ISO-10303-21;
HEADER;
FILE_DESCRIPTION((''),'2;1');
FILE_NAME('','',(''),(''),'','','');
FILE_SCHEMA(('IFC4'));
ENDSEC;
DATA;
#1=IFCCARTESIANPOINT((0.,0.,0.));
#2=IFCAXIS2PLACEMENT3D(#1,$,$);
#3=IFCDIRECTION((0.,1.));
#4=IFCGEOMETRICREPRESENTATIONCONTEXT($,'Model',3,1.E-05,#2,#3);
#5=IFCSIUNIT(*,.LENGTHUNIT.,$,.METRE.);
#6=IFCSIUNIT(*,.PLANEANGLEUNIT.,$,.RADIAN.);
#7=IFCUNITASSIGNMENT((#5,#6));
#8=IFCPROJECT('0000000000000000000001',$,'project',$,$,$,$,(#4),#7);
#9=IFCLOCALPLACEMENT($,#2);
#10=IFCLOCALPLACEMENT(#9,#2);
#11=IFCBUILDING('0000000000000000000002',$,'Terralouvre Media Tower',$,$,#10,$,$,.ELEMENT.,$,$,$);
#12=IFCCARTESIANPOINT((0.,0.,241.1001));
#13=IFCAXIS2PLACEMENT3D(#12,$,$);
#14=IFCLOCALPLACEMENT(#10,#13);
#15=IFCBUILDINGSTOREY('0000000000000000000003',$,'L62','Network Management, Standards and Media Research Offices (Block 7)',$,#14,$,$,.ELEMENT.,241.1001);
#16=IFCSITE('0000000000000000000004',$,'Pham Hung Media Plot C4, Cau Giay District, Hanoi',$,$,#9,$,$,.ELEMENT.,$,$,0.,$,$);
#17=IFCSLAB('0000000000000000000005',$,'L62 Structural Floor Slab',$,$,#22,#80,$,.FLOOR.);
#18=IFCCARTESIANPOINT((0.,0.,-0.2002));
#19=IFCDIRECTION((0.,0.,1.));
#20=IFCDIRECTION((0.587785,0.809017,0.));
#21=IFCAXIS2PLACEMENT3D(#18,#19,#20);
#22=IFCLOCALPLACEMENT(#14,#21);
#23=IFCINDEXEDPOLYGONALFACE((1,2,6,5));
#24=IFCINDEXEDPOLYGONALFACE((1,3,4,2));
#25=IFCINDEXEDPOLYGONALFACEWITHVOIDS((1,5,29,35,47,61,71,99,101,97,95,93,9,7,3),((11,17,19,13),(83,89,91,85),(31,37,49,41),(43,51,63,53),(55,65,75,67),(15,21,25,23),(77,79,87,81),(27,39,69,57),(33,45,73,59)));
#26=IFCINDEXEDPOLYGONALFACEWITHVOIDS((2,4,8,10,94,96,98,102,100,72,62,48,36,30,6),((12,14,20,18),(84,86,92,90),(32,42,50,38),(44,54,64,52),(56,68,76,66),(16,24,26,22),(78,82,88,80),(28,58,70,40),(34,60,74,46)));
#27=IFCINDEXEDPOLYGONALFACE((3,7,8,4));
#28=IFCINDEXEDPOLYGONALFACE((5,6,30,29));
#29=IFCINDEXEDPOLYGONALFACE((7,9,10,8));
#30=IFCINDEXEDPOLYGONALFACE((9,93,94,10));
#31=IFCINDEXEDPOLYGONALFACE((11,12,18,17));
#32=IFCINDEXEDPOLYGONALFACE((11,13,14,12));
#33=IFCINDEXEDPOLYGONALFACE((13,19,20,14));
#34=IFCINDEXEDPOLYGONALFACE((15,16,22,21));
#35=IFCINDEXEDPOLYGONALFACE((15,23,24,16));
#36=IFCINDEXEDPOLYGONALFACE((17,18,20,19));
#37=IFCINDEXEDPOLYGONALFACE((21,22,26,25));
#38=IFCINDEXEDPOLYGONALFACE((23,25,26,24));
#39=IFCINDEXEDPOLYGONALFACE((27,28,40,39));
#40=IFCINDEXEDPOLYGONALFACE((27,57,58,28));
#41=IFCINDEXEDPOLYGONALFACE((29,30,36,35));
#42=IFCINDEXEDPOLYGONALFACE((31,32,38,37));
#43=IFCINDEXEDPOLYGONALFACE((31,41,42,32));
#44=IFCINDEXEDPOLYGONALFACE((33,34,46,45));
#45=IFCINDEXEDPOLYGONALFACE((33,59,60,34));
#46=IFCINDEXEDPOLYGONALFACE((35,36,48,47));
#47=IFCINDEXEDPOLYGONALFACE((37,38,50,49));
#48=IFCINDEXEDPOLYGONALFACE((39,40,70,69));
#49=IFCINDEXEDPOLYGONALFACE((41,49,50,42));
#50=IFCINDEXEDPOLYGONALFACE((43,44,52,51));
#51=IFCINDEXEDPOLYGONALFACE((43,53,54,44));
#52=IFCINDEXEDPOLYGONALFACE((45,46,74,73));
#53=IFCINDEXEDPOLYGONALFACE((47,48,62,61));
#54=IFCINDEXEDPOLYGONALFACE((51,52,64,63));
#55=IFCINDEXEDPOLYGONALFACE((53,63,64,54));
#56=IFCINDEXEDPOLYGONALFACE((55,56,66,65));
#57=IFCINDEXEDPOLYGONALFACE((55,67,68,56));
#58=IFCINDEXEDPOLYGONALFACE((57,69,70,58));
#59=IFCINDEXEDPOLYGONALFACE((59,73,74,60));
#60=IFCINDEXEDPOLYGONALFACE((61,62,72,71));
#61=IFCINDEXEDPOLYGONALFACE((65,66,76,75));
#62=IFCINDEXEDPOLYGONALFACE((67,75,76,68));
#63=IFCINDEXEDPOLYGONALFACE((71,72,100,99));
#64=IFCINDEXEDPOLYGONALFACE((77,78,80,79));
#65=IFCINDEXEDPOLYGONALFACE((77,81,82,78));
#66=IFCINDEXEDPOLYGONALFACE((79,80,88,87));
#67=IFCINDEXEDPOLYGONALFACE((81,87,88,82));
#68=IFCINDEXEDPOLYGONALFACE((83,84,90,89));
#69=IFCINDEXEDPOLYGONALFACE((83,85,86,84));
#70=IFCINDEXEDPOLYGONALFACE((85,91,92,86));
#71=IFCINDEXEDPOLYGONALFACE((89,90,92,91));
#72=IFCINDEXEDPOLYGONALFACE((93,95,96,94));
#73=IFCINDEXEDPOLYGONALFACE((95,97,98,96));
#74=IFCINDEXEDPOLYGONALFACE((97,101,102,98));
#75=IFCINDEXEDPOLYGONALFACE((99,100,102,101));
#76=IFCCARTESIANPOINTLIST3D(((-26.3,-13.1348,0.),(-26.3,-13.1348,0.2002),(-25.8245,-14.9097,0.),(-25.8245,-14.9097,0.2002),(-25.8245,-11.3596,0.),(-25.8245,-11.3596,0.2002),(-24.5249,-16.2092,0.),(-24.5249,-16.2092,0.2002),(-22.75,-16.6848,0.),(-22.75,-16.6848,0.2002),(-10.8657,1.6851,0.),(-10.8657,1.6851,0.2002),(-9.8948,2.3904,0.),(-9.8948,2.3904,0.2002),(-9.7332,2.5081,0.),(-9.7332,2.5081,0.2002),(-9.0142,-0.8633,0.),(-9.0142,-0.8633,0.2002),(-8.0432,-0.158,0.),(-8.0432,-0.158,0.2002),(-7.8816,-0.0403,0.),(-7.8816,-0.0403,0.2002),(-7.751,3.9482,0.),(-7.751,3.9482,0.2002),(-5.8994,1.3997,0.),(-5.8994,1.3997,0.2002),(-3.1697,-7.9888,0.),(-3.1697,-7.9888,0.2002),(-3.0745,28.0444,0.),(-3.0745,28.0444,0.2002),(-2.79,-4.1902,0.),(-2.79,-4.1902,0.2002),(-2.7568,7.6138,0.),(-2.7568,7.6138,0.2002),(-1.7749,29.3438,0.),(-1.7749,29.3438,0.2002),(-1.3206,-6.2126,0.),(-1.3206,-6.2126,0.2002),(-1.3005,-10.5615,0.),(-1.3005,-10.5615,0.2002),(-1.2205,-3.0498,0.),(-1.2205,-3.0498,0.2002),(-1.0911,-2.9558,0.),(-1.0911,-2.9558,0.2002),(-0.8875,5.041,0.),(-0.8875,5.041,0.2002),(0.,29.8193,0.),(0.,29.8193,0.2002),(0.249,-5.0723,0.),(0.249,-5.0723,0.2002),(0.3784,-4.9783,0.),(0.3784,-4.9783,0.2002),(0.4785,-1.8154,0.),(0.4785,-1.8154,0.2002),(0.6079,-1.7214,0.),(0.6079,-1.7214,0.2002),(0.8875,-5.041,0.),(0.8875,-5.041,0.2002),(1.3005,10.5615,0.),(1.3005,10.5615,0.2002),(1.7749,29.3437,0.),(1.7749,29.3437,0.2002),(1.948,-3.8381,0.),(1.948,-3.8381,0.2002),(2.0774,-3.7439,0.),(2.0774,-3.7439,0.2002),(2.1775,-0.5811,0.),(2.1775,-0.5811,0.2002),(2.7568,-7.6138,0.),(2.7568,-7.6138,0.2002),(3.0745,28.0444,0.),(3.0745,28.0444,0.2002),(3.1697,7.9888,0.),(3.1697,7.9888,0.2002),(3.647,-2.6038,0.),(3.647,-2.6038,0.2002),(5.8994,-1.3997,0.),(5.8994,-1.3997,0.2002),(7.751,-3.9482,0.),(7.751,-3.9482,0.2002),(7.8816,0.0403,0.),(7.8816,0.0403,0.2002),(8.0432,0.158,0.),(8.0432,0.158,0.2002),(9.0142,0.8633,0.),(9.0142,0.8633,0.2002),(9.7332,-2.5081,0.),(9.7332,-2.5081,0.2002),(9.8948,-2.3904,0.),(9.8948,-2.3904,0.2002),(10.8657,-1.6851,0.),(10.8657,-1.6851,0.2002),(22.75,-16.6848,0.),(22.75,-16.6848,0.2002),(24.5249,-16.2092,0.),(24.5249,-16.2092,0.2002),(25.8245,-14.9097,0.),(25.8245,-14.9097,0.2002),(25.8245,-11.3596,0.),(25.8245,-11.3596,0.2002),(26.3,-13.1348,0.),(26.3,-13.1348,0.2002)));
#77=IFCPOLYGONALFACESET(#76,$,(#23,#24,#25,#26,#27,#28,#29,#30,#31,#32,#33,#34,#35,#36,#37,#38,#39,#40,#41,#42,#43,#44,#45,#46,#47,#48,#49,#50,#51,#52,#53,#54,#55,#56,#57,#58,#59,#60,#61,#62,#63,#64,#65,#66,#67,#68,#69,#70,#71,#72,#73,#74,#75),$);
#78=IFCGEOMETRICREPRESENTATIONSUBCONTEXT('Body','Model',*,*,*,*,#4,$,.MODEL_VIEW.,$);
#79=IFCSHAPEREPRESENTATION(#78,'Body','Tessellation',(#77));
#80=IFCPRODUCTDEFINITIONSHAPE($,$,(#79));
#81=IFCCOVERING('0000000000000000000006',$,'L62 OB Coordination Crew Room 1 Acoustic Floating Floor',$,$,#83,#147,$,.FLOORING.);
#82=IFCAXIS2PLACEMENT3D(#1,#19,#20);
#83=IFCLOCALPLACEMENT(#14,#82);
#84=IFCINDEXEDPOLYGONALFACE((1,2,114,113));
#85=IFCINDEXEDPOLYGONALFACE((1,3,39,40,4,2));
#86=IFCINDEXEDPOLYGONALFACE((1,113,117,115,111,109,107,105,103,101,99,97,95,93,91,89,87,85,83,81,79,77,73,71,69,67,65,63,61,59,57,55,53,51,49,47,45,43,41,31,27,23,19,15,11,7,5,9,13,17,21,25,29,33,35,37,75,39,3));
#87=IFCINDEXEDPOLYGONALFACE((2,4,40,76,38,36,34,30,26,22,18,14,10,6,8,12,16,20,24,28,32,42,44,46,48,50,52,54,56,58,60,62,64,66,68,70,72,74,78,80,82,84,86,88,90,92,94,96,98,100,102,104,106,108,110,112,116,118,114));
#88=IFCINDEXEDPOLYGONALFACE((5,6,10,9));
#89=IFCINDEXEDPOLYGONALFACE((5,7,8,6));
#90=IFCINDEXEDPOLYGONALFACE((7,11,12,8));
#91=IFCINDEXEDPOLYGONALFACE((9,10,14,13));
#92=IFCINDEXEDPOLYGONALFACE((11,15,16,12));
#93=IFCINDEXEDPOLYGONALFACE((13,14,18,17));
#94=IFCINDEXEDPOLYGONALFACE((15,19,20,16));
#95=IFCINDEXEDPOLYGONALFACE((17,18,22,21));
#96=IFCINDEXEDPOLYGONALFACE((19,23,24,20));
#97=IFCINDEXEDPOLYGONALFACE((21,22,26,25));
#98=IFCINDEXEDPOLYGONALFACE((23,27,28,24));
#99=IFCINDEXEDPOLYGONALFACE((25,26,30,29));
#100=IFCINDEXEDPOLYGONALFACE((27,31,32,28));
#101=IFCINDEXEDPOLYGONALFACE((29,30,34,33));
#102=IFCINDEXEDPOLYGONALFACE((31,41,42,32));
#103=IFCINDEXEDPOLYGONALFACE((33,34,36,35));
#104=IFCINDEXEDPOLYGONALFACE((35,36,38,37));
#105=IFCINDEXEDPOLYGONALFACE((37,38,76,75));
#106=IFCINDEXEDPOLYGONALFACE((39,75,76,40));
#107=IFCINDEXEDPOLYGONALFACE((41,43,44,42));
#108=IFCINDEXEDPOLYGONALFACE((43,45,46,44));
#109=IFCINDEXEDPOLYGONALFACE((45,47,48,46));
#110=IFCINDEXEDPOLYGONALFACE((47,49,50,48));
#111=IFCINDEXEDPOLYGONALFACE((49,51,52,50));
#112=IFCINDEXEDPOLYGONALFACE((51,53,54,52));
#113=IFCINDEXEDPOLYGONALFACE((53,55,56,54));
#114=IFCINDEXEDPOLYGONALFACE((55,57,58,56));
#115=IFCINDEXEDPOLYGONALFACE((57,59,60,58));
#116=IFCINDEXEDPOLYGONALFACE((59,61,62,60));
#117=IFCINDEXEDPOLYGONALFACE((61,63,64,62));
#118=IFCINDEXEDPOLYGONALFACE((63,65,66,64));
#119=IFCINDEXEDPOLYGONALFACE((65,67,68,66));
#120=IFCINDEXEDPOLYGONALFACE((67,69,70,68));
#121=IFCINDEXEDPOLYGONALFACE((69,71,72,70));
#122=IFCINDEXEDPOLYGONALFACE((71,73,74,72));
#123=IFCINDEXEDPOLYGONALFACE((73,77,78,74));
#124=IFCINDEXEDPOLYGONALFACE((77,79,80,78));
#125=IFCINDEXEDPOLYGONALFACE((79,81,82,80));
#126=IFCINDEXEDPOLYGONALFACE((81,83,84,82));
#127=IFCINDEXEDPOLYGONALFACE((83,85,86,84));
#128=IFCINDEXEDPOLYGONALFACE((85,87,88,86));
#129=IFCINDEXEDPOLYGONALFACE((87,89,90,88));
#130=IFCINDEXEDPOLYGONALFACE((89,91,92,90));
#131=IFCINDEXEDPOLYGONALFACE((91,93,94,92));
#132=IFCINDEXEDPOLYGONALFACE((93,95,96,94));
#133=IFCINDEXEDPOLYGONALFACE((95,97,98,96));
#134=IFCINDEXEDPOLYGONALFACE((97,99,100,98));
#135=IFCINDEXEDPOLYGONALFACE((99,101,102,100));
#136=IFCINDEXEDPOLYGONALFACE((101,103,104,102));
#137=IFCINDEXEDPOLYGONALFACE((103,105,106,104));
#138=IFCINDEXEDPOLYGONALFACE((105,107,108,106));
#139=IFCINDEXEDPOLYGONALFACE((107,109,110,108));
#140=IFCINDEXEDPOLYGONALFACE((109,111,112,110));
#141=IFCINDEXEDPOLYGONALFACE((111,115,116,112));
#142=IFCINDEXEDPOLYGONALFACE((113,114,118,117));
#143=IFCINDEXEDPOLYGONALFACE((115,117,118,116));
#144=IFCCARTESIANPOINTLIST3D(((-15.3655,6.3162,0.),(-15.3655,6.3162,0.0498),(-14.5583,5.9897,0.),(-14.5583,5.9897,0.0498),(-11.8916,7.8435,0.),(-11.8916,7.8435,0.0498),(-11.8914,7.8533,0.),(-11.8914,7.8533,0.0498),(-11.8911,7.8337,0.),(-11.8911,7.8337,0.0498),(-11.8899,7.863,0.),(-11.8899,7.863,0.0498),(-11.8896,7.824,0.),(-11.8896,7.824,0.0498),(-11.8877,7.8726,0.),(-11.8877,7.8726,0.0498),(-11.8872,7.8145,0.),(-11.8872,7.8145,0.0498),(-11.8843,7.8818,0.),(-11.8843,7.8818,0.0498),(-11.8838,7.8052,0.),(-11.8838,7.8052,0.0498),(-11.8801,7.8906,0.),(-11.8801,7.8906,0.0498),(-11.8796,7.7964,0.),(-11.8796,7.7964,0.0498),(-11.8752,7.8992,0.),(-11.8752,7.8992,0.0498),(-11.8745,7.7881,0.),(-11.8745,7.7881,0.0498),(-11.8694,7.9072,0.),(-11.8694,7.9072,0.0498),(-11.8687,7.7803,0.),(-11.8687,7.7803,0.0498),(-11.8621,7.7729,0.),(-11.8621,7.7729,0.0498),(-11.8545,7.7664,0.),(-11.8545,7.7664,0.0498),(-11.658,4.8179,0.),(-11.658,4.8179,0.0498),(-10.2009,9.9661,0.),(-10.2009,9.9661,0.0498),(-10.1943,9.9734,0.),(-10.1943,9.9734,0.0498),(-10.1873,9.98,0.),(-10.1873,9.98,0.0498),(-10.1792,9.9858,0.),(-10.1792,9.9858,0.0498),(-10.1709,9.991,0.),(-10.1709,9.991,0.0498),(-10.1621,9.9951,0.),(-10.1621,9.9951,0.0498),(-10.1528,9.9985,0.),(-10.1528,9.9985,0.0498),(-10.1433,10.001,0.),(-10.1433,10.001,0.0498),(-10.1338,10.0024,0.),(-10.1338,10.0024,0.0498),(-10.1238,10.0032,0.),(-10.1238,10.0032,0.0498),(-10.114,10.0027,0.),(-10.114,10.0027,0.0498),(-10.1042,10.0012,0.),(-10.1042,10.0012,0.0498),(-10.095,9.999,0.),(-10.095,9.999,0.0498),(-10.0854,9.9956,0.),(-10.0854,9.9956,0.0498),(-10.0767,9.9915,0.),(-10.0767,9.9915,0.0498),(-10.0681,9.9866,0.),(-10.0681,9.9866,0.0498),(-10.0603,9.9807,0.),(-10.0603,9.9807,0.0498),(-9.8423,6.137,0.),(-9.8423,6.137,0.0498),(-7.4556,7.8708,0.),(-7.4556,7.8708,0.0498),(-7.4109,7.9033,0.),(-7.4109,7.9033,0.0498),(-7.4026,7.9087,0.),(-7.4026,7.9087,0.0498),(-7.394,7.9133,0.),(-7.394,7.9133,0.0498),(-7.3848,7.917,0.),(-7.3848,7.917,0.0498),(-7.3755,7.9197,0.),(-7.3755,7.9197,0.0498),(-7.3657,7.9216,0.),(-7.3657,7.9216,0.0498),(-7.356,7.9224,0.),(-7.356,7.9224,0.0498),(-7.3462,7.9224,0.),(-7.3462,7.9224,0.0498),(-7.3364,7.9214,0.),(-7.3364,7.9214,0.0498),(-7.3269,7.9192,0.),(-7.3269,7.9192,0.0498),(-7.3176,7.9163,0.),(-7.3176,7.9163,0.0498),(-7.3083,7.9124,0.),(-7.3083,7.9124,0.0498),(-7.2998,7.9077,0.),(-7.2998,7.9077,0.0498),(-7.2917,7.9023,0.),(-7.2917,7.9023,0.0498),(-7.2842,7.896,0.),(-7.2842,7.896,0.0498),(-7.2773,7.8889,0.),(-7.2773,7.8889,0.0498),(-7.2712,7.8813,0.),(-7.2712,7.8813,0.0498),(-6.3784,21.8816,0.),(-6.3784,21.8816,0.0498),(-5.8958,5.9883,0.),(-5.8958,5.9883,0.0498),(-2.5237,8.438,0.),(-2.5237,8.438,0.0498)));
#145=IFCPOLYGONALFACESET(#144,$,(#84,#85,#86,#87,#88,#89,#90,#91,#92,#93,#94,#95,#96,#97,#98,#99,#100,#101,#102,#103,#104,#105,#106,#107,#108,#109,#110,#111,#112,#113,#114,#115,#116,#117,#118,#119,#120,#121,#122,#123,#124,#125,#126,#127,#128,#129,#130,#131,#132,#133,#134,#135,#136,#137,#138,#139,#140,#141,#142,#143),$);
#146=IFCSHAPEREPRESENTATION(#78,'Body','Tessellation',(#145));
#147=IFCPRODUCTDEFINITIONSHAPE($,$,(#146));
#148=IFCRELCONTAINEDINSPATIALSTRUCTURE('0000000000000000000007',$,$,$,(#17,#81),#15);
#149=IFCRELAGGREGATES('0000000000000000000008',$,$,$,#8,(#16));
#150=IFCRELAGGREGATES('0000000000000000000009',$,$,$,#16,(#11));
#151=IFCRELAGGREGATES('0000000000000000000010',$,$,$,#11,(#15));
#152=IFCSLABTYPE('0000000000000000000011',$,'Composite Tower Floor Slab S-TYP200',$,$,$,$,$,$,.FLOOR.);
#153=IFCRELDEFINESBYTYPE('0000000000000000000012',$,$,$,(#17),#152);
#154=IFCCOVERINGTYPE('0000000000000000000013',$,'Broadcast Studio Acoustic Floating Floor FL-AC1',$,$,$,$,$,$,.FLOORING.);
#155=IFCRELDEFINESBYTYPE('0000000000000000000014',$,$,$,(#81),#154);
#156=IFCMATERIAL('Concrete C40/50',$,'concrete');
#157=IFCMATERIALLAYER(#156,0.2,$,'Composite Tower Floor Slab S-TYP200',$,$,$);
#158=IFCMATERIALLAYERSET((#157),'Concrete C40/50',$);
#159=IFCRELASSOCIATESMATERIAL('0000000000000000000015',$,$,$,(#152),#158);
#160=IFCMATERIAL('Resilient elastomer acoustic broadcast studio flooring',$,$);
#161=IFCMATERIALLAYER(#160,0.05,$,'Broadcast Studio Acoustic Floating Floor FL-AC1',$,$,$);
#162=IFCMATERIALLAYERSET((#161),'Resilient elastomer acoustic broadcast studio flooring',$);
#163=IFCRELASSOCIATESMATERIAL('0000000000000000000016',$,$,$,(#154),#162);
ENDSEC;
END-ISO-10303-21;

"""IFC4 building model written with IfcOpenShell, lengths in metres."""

from ifc_helpers import new_model, si_unit, direction, frame, origin, place, context, subcontext, project, spatial, polyline, outline, extrude, material, layer, layer_set, type_object, element, save


model = new_model("IFC4")

# Units and contexts
model_context = context("Model", 3, precision=1e-05, world=origin(), true_north=direction((0.0, 1.0)))
body_context = subcontext(model_context, "Body", "Model", "MODEL_VIEW")
ifc_project = project(units=[si_unit("LENGTHUNIT", "METRE"), si_unit("PLANEANGLEUNIT", "RADIAN")], contexts=[model_context])

# Site, building, storey
site_placement = place(None, origin())
site = spatial("IfcSite", under=ifc_project, at=site_placement, Name="Pham Hung Media Plot C4, Cau Giay District, Hanoi", CompositionType="ELEMENT", RefElevation=0.0)
building_placement = place(site_placement, origin())
building = spatial("IfcBuilding", under=site, at=building_placement, Name="Terralouvre Media Tower", CompositionType="ELEMENT")
storey_placement = place(building_placement, frame((0.0, 0.0, 241.1001)))
storey = spatial("IfcBuildingStorey", under=building, at=storey_placement, Name="L62", Description="Network Management, Standards and Media Research Offices (Block 7)", CompositionType="ELEMENT", Elevation=241.1001)

# Slab
ifc_material_1 = material(Name="Concrete C40/50", Category="concrete")
ifc_layer_1 = layer(ifc_material_1, 0.2, Name="Composite Tower Floor Slab S-TYP200")
ifc_layer_set_1 = layer_set([ifc_layer_1], Name="Concrete C40/50")
slab_type = type_object("IfcSlabType", Name="Composite Tower Floor Slab S-TYP200", PredefinedType="FLOOR", material=ifc_layer_set_1)
slab_placement = place(storey_placement, frame((0.0, 0.0, -0.2002), z_axis=(0.0, 0.0, 1.0), x_axis=(0.587785, 0.809017, 0.0)))
element("IfcSlab", 1, at=slab_placement, inside=storey, type_object=slab_type, Name="L62 Structural Floor Slab", PredefinedType="FLOOR", context=body_context, shape_type="SweptSolid", body=[
    extrude(outline(polyline([(-25.8245, -11.3596), (-26.3, -13.1348), (-25.8245, -14.9097), (-24.5249, -16.2092), (-22.75, -16.6848), (22.75, -16.6848), (24.5249, -16.2092), (25.8245, -14.9097), (26.3, -13.1348), (25.8245, -11.3596), (3.0745, 28.0444), (1.7749, 29.3438), (0.0, 29.8193), (-1.7749, 29.3438), (-3.0745, 28.0444), (-25.8245, -11.3596)]), holes=[polyline([(-8.0432, -0.158), (-9.0142, -0.8633), (-10.8657, 1.6851), (-9.8948, 2.3904), (-8.0432, -0.158)]), polyline([(-5.8994, 1.3997), (-7.8816, -0.0403), (-9.7332, 2.5081), (-7.751, 3.9482), (-5.8994, 1.3997)]), polyline([(-3.1697, -7.9888), (0.8875, -5.041), (2.7568, -7.6138), (-1.3005, -10.5615), (-3.1697, -7.9888)]), polyline([(0.249, -5.0723), (-1.3206, -6.2126), (-2.79, -4.1902), (-1.2205, -3.0498), (0.249, -5.0723)]), polyline([(1.948, -3.8381), (0.3784, -4.9783), (-1.0911, -2.9558), (0.4785, -1.8154), (1.948, -3.8381)]), polyline([(3.647, -2.6038), (2.0774, -3.7439), (0.6079, -1.7214), (2.1775, -0.5811), (3.647, -2.6038)]), polyline([(3.1697, 7.9888), (-0.8875, 5.041), (-2.7568, 7.6138), (1.3005, 10.5615), (3.1697, 7.9888)]), polyline([(7.751, -3.9482), (5.8994, -1.3997), (7.8816, 0.0403), (9.7332, -2.5081), (7.751, -3.9482)]), polyline([(9.8948, -2.3904), (8.0432, 0.158), (9.0142, 0.8633), (10.8657, -1.6851), (9.8948, -2.3904)])]), origin(), (0.0, 0.0, 1.0), 0.2002),
])

# Covering
ifc_material_2 = material(Name="Resilient elastomer acoustic broadcast studio flooring")
ifc_layer_2 = layer(ifc_material_2, 0.05, Name="Broadcast Studio Acoustic Floating Floor FL-AC1")
ifc_layer_set_2 = layer_set([ifc_layer_2], Name="Resilient elastomer acoustic broadcast studio flooring")
covering_type_1 = type_object("IfcCoveringType", Name="Broadcast Studio Acoustic Floating Floor FL-AC1", PredefinedType="FLOORING", material=ifc_layer_set_2)
covering_1_placement = place(storey_placement, frame((0.0, 0.0, 0.0), z_axis=(0.0, 0.0, 1.0), x_axis=(0.587785, 0.809017, 0.0)))
element("IfcCovering", 2, at=covering_1_placement, inside=storey, type_object=covering_type_1, Name="L62 OB Coordination Crew Room 1 Acoustic Floating Floor", PredefinedType="FLOORING", context=body_context, shape_type="SweptSolid", body=[
    extrude(outline(polyline([(-11.658, 4.8179), (-9.8423, 6.137), (-11.8545, 7.7664), (-11.8621, 7.7729), (-11.8687, 7.7803), (-11.8745, 7.7881), (-11.8796, 7.7964), (-11.8838, 7.8052), (-11.8872, 7.8145), (-11.8896, 7.824), (-11.8911, 7.8337), (-11.8916, 7.8435), (-11.8914, 7.8533), (-11.8899, 7.863), (-11.8877, 7.8726), (-11.8843, 7.8818), (-11.8801, 7.8906), (-11.8752, 7.8992), (-11.8694, 7.9072), (-10.2009, 9.9661), (-10.1943, 9.9734), (-10.1873, 9.98), (-10.1792, 9.9858), (-10.1709, 9.991), (-10.1621, 9.9951), (-10.1528, 9.9985), (-10.1433, 10.001), (-10.1338, 10.0024), (-10.1238, 10.0032), (-10.114, 10.0027), (-10.1042, 10.0012), (-10.095, 9.999), (-10.0854, 9.9956), (-10.0767, 9.9915), (-10.0681, 9.9866), (-10.0603, 9.9807), (-7.4556, 7.8708), (-7.4109, 7.9033), (-7.4026, 7.9087), (-7.394, 7.9133), (-7.3848, 7.917), (-7.3755, 7.9197), (-7.3657, 7.9216), (-7.356, 7.9224), (-7.3462, 7.9224), (-7.3364, 7.9214), (-7.3269, 7.9192), (-7.3176, 7.9163), (-7.3083, 7.9124), (-7.2998, 7.9077), (-7.2917, 7.9023), (-7.2842, 7.896), (-7.2773, 7.8889), (-7.2712, 7.8813), (-5.8958, 5.9883), (-2.5237, 8.438), (-6.3784, 21.8816), (-15.3655, 6.3162), (-14.5583, 5.9897), (-11.658, 4.8179)])), origin(), (0.0, 0.0, 1.0), 0.0498),
])

save(model, "model.ifc")
